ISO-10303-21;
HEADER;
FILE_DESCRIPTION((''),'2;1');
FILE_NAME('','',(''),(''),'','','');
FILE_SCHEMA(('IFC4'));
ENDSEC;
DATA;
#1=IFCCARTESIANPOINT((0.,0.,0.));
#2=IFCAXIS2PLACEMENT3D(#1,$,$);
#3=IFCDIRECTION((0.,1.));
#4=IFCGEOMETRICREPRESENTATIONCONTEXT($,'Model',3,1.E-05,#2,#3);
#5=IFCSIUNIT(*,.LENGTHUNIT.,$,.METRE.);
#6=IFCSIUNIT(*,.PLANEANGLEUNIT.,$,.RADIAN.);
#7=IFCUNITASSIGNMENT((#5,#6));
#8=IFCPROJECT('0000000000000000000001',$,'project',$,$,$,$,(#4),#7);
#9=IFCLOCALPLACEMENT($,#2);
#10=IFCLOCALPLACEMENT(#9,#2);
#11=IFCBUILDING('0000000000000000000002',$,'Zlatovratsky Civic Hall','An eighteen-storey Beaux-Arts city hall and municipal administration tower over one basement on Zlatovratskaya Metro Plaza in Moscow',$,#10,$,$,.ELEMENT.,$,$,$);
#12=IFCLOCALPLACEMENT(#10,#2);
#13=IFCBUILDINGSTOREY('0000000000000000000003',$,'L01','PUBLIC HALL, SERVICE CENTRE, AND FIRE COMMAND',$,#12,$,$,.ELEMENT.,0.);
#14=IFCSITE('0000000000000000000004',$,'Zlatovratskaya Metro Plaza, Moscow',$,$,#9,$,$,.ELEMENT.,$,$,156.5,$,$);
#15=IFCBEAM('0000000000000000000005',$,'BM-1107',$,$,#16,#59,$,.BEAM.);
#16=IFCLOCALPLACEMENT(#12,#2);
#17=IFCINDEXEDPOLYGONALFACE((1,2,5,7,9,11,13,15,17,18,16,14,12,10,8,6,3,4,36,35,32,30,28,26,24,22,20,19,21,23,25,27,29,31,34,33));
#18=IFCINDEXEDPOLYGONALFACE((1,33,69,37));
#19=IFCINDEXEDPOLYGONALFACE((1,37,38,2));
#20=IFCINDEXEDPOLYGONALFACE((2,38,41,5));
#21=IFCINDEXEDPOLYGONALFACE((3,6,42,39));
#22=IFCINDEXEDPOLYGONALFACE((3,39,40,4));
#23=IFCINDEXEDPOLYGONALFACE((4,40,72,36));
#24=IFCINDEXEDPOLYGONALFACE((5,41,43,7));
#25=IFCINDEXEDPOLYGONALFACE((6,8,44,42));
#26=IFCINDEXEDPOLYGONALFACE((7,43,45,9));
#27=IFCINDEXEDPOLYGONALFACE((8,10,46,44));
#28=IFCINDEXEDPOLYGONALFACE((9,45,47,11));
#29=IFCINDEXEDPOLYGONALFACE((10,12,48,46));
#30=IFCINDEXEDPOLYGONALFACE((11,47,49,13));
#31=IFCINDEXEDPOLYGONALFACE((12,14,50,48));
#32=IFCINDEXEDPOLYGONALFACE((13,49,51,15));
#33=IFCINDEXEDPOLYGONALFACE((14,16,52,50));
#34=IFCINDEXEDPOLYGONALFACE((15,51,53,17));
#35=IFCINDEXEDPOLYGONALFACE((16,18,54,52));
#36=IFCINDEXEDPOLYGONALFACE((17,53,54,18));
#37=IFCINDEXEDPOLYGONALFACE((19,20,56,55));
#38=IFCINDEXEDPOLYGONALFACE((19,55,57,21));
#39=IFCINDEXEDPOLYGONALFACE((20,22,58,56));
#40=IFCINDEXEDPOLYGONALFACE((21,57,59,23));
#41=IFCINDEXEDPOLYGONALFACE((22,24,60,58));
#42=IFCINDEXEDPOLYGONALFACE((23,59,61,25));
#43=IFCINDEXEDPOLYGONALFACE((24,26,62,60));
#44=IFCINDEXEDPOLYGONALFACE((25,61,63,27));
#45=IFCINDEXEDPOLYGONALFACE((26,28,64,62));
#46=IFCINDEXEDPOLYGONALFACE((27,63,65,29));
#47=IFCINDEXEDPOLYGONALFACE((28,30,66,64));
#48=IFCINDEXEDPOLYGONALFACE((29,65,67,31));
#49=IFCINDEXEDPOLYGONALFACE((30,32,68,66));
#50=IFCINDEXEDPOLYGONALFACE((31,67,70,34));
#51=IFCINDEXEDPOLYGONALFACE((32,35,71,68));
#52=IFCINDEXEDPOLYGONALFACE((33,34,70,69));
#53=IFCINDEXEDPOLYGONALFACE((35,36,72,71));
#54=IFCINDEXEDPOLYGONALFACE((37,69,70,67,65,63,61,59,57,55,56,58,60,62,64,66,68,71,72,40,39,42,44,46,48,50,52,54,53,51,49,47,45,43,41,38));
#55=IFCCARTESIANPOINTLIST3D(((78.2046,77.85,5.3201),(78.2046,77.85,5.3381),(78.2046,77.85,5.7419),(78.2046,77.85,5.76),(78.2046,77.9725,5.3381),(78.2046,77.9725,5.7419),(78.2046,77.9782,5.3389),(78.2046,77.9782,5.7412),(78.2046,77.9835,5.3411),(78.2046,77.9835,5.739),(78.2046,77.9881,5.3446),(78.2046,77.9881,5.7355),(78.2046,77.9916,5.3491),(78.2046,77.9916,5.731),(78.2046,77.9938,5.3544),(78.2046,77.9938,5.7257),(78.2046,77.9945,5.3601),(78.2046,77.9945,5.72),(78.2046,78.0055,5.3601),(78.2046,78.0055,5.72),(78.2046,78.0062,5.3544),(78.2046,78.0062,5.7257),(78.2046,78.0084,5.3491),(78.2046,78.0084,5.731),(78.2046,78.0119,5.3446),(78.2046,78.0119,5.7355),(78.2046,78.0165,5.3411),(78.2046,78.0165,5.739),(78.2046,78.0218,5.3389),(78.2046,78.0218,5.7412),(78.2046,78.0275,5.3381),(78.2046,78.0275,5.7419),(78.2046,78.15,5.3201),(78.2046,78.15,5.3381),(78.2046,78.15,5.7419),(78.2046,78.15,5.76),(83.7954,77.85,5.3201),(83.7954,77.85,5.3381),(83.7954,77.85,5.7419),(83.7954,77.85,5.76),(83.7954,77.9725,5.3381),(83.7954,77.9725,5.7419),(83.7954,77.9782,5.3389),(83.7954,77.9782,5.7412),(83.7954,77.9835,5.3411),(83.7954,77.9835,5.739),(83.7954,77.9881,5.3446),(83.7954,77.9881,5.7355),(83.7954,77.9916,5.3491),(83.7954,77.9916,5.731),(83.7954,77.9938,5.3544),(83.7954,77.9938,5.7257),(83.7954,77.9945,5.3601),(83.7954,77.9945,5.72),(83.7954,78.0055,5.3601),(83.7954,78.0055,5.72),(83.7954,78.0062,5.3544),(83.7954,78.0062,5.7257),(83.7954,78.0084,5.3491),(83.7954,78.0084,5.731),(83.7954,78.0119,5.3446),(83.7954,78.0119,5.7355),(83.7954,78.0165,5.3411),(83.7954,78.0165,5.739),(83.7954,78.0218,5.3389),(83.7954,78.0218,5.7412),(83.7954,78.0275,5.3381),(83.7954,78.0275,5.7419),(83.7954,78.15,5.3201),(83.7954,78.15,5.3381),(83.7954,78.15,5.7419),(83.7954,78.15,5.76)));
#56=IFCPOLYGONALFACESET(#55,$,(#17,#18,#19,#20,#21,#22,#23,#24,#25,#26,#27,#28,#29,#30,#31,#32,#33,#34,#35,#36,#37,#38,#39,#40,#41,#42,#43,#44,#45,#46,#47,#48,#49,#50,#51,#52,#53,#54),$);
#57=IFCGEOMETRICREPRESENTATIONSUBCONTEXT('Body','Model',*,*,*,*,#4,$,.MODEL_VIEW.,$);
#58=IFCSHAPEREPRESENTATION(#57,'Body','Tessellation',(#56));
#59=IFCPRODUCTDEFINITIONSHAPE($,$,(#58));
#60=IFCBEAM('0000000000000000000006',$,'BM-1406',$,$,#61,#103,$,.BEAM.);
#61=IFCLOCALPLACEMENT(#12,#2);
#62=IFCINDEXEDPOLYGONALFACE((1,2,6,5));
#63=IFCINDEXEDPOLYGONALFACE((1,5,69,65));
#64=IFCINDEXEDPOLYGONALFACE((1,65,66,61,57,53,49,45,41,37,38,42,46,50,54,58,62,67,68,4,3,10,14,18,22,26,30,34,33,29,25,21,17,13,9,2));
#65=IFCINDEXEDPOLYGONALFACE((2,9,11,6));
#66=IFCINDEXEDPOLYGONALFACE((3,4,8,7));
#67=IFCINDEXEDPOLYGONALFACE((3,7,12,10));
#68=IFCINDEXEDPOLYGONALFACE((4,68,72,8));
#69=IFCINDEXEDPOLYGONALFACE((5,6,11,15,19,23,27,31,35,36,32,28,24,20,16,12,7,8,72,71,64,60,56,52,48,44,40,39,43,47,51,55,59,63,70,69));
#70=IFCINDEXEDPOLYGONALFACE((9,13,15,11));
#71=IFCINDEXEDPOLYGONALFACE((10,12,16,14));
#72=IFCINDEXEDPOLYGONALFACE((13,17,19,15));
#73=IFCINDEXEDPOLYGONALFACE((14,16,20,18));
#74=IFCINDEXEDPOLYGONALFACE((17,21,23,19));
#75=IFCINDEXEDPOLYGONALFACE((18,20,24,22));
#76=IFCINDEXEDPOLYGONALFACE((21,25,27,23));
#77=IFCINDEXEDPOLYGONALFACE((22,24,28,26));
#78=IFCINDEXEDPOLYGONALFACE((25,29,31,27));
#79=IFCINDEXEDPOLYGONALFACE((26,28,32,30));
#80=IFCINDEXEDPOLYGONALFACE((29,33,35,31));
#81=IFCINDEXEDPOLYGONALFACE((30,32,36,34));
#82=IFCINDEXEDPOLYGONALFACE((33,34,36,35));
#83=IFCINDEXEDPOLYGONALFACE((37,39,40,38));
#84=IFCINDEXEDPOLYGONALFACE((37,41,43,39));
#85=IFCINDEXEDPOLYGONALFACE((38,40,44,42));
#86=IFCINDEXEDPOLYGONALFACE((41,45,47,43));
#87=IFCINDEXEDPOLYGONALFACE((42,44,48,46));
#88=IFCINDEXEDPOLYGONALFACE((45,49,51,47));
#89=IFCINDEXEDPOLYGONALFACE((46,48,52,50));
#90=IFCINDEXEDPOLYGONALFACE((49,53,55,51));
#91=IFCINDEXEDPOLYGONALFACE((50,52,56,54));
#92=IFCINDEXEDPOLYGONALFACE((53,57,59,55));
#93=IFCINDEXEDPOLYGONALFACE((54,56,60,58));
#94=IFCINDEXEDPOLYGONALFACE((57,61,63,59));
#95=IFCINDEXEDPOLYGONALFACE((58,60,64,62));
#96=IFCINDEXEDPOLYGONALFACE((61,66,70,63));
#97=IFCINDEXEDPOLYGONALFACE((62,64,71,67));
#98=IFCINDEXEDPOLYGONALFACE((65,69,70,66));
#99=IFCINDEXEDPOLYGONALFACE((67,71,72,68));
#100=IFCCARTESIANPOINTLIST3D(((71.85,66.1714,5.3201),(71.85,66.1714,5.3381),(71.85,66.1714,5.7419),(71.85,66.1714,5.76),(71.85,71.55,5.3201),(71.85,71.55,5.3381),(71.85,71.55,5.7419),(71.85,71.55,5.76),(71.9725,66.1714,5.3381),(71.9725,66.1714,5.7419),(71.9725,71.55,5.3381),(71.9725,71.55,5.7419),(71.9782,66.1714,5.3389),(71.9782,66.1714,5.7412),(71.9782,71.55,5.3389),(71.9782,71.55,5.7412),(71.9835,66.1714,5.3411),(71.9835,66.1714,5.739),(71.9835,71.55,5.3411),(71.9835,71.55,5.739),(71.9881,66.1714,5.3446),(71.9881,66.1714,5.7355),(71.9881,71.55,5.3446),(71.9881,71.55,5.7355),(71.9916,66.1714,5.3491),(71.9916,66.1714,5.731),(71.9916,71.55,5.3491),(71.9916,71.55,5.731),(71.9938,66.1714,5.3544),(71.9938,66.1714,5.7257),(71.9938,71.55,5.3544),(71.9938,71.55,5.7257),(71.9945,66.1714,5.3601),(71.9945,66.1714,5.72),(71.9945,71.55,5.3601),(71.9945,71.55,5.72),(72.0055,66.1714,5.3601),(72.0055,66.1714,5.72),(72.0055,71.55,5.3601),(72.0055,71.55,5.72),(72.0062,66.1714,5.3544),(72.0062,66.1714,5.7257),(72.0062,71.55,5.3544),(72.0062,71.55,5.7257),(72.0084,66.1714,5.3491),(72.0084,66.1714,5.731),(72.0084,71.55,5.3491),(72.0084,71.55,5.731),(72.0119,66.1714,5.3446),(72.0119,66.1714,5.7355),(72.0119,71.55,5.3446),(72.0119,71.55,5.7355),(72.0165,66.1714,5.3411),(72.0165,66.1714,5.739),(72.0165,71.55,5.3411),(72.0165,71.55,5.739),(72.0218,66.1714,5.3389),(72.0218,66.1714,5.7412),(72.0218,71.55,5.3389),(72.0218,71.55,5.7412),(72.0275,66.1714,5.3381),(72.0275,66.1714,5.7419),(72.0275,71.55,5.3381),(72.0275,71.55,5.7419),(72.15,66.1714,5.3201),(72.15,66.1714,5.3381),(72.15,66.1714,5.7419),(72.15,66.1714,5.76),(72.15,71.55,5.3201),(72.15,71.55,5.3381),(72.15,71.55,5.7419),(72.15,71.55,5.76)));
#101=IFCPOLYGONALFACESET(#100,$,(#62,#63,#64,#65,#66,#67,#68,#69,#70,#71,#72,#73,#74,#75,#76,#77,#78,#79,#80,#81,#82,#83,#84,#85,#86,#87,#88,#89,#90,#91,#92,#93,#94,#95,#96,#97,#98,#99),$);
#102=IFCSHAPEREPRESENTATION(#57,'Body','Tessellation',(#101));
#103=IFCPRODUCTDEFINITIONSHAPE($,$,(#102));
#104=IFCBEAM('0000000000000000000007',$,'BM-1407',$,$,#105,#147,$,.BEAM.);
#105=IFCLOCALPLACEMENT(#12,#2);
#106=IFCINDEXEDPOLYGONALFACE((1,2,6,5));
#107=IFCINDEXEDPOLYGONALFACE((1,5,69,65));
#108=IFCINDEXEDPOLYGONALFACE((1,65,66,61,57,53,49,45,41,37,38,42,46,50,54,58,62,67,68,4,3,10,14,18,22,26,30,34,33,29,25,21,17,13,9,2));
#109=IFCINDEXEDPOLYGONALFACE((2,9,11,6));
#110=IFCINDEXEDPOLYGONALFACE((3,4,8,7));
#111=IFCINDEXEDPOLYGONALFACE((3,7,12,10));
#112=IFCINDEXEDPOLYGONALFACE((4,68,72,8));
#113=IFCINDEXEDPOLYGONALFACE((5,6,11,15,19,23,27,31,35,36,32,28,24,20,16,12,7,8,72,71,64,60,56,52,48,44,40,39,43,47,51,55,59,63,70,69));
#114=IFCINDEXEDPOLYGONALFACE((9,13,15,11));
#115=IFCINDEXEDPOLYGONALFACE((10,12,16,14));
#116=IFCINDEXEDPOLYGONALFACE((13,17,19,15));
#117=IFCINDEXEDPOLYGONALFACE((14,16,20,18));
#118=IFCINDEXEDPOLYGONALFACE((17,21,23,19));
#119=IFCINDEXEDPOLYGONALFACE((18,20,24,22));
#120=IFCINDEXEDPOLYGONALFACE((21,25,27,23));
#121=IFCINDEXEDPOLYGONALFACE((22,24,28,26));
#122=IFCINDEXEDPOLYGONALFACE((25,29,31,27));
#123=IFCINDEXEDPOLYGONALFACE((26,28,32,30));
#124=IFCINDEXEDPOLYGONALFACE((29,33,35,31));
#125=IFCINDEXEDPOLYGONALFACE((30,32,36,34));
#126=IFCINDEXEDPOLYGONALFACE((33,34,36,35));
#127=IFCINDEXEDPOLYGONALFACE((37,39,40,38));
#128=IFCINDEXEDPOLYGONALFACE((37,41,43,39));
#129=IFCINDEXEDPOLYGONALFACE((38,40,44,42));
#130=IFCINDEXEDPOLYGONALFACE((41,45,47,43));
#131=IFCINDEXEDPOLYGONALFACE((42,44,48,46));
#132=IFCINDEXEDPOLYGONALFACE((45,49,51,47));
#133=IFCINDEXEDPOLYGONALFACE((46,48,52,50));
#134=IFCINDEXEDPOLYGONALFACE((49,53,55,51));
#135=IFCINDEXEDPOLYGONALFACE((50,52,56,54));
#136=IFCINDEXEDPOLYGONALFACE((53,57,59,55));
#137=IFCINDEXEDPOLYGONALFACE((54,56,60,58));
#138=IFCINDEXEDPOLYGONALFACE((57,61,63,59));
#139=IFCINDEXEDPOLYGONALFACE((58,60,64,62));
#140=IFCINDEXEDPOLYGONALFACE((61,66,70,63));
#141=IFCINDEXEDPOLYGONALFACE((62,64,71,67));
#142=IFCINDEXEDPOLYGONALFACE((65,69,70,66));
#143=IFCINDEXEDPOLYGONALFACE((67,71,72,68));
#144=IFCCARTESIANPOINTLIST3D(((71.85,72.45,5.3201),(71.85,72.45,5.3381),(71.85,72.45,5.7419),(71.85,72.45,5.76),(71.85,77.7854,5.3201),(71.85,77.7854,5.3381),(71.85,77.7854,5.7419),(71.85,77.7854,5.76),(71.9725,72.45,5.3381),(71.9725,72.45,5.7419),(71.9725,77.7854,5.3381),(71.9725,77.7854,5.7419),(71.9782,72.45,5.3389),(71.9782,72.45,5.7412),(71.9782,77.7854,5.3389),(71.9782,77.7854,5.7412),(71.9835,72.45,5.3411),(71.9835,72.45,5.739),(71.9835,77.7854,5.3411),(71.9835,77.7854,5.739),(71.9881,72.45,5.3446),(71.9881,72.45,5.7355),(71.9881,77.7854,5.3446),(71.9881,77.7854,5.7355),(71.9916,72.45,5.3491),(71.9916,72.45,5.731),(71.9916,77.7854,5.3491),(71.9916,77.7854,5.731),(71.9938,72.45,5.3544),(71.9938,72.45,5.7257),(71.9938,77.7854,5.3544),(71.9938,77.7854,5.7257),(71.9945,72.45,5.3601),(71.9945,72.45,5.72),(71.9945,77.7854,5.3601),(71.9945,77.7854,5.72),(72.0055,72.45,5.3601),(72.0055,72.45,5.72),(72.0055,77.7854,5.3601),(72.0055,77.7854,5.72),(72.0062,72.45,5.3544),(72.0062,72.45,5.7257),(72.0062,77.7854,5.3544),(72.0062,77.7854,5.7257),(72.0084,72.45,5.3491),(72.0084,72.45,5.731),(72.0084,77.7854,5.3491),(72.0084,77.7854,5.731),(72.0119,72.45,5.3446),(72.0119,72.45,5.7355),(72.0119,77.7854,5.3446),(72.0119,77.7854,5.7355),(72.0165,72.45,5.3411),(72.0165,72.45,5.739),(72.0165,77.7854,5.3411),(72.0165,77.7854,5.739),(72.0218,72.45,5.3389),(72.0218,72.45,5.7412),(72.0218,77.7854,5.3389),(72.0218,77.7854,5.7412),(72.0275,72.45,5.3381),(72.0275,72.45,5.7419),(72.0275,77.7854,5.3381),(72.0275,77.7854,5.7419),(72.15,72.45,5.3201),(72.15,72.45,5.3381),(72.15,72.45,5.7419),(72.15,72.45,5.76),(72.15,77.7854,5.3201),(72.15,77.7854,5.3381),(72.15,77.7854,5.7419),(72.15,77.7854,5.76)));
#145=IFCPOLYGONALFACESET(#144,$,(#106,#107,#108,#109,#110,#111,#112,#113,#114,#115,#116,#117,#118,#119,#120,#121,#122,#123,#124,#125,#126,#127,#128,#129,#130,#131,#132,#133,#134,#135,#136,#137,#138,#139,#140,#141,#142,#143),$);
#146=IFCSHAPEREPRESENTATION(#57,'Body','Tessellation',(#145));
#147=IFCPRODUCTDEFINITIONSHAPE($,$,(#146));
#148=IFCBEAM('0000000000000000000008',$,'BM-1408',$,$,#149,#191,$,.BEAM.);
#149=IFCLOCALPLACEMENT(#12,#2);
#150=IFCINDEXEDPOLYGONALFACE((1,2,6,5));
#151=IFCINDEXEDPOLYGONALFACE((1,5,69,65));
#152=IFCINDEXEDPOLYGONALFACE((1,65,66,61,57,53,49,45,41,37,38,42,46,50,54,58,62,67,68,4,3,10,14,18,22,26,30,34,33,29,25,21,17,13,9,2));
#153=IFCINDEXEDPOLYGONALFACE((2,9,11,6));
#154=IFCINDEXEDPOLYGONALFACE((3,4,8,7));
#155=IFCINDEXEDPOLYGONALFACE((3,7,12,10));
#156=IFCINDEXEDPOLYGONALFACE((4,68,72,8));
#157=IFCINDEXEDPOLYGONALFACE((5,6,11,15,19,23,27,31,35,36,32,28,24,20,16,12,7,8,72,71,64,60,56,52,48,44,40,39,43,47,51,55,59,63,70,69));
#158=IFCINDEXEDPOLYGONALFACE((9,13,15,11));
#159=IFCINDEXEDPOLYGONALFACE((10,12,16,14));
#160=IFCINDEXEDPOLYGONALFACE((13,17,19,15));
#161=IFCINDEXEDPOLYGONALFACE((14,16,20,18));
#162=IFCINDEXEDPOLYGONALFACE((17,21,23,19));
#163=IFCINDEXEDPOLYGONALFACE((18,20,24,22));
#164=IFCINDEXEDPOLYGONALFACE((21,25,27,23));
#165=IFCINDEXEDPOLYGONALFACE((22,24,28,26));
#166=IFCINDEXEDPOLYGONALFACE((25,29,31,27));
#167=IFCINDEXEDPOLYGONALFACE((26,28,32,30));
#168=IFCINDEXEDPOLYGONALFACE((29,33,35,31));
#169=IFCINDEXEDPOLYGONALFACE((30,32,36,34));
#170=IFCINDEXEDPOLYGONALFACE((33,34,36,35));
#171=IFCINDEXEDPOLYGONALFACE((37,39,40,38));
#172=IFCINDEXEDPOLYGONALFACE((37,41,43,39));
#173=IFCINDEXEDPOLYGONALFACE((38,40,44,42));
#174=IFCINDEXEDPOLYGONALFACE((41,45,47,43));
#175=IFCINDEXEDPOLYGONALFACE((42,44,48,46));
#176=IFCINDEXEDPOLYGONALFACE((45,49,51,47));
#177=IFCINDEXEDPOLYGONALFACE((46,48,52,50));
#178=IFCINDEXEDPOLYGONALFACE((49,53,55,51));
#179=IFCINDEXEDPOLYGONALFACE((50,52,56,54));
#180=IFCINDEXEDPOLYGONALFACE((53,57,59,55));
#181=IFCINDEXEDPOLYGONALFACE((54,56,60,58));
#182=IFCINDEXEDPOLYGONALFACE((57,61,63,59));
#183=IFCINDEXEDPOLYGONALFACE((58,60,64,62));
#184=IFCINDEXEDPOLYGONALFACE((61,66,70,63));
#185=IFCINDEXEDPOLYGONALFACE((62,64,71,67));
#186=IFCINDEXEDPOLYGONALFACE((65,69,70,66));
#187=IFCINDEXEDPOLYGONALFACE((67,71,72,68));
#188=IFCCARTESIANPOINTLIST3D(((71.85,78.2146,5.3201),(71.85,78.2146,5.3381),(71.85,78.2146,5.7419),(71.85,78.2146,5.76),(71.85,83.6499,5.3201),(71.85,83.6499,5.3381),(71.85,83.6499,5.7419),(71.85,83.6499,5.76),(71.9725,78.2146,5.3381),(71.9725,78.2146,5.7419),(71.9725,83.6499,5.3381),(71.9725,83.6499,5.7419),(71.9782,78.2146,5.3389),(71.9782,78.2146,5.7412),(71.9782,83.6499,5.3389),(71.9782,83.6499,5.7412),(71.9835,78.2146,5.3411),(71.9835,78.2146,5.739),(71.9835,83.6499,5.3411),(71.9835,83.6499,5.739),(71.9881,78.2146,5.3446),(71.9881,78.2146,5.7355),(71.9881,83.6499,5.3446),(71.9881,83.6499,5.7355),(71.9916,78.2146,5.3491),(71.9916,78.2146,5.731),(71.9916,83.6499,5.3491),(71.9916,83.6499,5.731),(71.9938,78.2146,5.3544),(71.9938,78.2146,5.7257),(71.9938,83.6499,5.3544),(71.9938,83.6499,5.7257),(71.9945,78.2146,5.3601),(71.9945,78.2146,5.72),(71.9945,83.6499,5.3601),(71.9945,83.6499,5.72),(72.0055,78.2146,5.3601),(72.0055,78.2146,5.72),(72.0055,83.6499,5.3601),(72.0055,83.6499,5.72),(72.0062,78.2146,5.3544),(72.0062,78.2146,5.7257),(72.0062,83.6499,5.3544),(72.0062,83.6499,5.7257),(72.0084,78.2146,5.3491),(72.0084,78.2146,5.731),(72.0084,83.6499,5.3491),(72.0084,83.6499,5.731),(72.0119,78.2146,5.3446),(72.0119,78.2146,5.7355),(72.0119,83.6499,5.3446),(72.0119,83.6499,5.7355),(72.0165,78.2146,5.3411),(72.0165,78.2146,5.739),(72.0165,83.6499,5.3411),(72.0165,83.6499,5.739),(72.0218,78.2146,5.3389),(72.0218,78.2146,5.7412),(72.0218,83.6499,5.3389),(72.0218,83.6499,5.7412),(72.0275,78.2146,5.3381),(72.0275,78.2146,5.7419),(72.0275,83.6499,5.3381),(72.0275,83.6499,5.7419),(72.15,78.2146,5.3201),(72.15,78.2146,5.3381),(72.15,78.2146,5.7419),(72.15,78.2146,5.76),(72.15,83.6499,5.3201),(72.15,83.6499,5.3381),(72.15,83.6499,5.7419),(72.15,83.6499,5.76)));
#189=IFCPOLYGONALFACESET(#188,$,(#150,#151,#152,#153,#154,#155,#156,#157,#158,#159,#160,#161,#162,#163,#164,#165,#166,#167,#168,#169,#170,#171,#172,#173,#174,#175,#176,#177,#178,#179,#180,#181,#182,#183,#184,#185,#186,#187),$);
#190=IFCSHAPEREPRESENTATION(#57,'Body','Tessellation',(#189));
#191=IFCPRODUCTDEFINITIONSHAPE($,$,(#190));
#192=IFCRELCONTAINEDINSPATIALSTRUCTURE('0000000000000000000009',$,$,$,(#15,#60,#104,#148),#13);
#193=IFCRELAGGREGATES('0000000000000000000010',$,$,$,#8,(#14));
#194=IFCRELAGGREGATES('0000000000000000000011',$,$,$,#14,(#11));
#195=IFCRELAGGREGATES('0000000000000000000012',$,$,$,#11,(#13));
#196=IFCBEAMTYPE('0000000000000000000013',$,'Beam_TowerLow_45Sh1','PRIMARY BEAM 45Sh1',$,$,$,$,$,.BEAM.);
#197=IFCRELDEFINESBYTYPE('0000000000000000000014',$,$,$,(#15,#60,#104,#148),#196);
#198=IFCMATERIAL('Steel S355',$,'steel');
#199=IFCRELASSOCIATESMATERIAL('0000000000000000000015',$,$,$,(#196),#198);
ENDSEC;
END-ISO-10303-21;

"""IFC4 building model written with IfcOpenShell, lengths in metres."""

from ifc_helpers import new_model, si_unit, direction, frame, origin, origin_2d, place, context, subcontext, project, spatial, i_section, extrude, material, material_profile, profile_set, type_object, element, save


model = new_model("IFC4")

# Units and contexts
model_context = context("Model", 3, precision=1e-05, world=origin(), true_north=direction((0.0, 1.0)))
body_context = subcontext(model_context, "Body", "Model", "MODEL_VIEW")
ifc_project = project(units=[si_unit("LENGTHUNIT", "METRE"), si_unit("PLANEANGLEUNIT", "RADIAN")], contexts=[model_context])

# Site, building, storey
site_placement = place(None, origin())
site = spatial("IfcSite", under=ifc_project, at=site_placement, Name="Zlatovratskaya Metro Plaza, Moscow", CompositionType="ELEMENT", RefElevation=156.5)
building_placement = place(site_placement, origin())
building = spatial("IfcBuilding", under=site, at=building_placement, Name="Zlatovratsky Civic Hall", Description="An eighteen-storey Beaux-Arts city hall and municipal administration tower over one basement on Zlatovratskaya Metro Plaza in Moscow", CompositionType="ELEMENT")
storey_placement = place(building_placement, origin())
storey = spatial("IfcBuildingStorey", under=building, at=storey_placement, Name="L01", Description="PUBLIC HALL, SERVICE CENTRE, AND FIRE COMMAND", CompositionType="ELEMENT", Elevation=0.0)

# Shared definitions
ifc_material_1 = material(Name="Steel S355", Category="steel")

# Beams
ifc_material_profile_1 = material_profile(ifc_material_1, i_section(OverallWidth=0.3, OverallDepth=0.4399, WebThickness=0.011, FlangeThickness=0.0181, FilletRadius=0.022, at=origin_2d()), Name="45Sh1")
ifc_profile_set_1 = profile_set([ifc_material_profile_1], Name="Steel S355")
beam_type = type_object("IfcBeamType", Name="Beam_TowerLow_45Sh1", Description="PRIMARY BEAM 45Sh1", PredefinedType="BEAM", material=ifc_profile_set_1)
for number, where, z_axis, x_axis, name in (
    (1, (78.2046, 78.0, 5.54), (1.0, 0.0, 0.0), (0.0, 1.0, 0.0), "BM-1107"),
):
    element("IfcBeam", number, at=place(storey_placement, frame(where, z_axis=z_axis, x_axis=x_axis)), inside=storey, type_object=beam_type, Name=name, PredefinedType="BEAM", context=body_context, shape_type="SweptSolid", body=[
        extrude(i_section(OverallWidth=0.3, OverallDepth=0.4399, WebThickness=0.011, FlangeThickness=0.0181, FilletRadius=0.022, at=origin_2d()), origin(), (0.0, 0.0, 1.0), 5.5908),
    ])
beam_1_placement = place(storey_placement, frame((72.0, 66.1714, 5.54), z_axis=(0.0, 1.0, 0.0), x_axis=(-1.0, 0.0, 0.0)))
element("IfcBeam", 2, at=beam_1_placement, inside=storey, type_object=beam_type, Name="BM-1406", PredefinedType="BEAM", context=body_context, shape_type="SweptSolid", body=[
    extrude(i_section(OverallWidth=0.3, OverallDepth=0.4399, WebThickness=0.011, FlangeThickness=0.0181, FilletRadius=0.022, at=origin_2d()), origin(), (0.0, 0.0, 1.0), 5.3787),
])
beam_2_placement = place(storey_placement, frame((72.0, 72.45, 5.54), z_axis=(0.0, 1.0, 0.0), x_axis=(-1.0, 0.0, 0.0)))
element("IfcBeam", 3, at=beam_2_placement, inside=storey, type_object=beam_type, Name="BM-1407", PredefinedType="BEAM", context=body_context, shape_type="SweptSolid", body=[
    extrude(i_section(OverallWidth=0.3, OverallDepth=0.4399, WebThickness=0.011, FlangeThickness=0.0181, FilletRadius=0.022, at=origin_2d()), origin(), (0.0, 0.0, 1.0), 5.3354),
])
beam_3_placement = place(storey_placement, frame((72.0, 78.2146, 5.54), z_axis=(0.0, 1.0, 0.0), x_axis=(-1.0, 0.0, 0.0)))
element("IfcBeam", 4, at=beam_3_placement, inside=storey, type_object=beam_type, Name="BM-1408", PredefinedType="BEAM", context=body_context, shape_type="SweptSolid", body=[
    extrude(i_section(OverallWidth=0.3, OverallDepth=0.4399, WebThickness=0.011, FlangeThickness=0.0181, FilletRadius=0.022, at=origin_2d()), origin(), (0.0, 0.0, 1.0), 5.4353),
])

save(model, "model.ifc")
